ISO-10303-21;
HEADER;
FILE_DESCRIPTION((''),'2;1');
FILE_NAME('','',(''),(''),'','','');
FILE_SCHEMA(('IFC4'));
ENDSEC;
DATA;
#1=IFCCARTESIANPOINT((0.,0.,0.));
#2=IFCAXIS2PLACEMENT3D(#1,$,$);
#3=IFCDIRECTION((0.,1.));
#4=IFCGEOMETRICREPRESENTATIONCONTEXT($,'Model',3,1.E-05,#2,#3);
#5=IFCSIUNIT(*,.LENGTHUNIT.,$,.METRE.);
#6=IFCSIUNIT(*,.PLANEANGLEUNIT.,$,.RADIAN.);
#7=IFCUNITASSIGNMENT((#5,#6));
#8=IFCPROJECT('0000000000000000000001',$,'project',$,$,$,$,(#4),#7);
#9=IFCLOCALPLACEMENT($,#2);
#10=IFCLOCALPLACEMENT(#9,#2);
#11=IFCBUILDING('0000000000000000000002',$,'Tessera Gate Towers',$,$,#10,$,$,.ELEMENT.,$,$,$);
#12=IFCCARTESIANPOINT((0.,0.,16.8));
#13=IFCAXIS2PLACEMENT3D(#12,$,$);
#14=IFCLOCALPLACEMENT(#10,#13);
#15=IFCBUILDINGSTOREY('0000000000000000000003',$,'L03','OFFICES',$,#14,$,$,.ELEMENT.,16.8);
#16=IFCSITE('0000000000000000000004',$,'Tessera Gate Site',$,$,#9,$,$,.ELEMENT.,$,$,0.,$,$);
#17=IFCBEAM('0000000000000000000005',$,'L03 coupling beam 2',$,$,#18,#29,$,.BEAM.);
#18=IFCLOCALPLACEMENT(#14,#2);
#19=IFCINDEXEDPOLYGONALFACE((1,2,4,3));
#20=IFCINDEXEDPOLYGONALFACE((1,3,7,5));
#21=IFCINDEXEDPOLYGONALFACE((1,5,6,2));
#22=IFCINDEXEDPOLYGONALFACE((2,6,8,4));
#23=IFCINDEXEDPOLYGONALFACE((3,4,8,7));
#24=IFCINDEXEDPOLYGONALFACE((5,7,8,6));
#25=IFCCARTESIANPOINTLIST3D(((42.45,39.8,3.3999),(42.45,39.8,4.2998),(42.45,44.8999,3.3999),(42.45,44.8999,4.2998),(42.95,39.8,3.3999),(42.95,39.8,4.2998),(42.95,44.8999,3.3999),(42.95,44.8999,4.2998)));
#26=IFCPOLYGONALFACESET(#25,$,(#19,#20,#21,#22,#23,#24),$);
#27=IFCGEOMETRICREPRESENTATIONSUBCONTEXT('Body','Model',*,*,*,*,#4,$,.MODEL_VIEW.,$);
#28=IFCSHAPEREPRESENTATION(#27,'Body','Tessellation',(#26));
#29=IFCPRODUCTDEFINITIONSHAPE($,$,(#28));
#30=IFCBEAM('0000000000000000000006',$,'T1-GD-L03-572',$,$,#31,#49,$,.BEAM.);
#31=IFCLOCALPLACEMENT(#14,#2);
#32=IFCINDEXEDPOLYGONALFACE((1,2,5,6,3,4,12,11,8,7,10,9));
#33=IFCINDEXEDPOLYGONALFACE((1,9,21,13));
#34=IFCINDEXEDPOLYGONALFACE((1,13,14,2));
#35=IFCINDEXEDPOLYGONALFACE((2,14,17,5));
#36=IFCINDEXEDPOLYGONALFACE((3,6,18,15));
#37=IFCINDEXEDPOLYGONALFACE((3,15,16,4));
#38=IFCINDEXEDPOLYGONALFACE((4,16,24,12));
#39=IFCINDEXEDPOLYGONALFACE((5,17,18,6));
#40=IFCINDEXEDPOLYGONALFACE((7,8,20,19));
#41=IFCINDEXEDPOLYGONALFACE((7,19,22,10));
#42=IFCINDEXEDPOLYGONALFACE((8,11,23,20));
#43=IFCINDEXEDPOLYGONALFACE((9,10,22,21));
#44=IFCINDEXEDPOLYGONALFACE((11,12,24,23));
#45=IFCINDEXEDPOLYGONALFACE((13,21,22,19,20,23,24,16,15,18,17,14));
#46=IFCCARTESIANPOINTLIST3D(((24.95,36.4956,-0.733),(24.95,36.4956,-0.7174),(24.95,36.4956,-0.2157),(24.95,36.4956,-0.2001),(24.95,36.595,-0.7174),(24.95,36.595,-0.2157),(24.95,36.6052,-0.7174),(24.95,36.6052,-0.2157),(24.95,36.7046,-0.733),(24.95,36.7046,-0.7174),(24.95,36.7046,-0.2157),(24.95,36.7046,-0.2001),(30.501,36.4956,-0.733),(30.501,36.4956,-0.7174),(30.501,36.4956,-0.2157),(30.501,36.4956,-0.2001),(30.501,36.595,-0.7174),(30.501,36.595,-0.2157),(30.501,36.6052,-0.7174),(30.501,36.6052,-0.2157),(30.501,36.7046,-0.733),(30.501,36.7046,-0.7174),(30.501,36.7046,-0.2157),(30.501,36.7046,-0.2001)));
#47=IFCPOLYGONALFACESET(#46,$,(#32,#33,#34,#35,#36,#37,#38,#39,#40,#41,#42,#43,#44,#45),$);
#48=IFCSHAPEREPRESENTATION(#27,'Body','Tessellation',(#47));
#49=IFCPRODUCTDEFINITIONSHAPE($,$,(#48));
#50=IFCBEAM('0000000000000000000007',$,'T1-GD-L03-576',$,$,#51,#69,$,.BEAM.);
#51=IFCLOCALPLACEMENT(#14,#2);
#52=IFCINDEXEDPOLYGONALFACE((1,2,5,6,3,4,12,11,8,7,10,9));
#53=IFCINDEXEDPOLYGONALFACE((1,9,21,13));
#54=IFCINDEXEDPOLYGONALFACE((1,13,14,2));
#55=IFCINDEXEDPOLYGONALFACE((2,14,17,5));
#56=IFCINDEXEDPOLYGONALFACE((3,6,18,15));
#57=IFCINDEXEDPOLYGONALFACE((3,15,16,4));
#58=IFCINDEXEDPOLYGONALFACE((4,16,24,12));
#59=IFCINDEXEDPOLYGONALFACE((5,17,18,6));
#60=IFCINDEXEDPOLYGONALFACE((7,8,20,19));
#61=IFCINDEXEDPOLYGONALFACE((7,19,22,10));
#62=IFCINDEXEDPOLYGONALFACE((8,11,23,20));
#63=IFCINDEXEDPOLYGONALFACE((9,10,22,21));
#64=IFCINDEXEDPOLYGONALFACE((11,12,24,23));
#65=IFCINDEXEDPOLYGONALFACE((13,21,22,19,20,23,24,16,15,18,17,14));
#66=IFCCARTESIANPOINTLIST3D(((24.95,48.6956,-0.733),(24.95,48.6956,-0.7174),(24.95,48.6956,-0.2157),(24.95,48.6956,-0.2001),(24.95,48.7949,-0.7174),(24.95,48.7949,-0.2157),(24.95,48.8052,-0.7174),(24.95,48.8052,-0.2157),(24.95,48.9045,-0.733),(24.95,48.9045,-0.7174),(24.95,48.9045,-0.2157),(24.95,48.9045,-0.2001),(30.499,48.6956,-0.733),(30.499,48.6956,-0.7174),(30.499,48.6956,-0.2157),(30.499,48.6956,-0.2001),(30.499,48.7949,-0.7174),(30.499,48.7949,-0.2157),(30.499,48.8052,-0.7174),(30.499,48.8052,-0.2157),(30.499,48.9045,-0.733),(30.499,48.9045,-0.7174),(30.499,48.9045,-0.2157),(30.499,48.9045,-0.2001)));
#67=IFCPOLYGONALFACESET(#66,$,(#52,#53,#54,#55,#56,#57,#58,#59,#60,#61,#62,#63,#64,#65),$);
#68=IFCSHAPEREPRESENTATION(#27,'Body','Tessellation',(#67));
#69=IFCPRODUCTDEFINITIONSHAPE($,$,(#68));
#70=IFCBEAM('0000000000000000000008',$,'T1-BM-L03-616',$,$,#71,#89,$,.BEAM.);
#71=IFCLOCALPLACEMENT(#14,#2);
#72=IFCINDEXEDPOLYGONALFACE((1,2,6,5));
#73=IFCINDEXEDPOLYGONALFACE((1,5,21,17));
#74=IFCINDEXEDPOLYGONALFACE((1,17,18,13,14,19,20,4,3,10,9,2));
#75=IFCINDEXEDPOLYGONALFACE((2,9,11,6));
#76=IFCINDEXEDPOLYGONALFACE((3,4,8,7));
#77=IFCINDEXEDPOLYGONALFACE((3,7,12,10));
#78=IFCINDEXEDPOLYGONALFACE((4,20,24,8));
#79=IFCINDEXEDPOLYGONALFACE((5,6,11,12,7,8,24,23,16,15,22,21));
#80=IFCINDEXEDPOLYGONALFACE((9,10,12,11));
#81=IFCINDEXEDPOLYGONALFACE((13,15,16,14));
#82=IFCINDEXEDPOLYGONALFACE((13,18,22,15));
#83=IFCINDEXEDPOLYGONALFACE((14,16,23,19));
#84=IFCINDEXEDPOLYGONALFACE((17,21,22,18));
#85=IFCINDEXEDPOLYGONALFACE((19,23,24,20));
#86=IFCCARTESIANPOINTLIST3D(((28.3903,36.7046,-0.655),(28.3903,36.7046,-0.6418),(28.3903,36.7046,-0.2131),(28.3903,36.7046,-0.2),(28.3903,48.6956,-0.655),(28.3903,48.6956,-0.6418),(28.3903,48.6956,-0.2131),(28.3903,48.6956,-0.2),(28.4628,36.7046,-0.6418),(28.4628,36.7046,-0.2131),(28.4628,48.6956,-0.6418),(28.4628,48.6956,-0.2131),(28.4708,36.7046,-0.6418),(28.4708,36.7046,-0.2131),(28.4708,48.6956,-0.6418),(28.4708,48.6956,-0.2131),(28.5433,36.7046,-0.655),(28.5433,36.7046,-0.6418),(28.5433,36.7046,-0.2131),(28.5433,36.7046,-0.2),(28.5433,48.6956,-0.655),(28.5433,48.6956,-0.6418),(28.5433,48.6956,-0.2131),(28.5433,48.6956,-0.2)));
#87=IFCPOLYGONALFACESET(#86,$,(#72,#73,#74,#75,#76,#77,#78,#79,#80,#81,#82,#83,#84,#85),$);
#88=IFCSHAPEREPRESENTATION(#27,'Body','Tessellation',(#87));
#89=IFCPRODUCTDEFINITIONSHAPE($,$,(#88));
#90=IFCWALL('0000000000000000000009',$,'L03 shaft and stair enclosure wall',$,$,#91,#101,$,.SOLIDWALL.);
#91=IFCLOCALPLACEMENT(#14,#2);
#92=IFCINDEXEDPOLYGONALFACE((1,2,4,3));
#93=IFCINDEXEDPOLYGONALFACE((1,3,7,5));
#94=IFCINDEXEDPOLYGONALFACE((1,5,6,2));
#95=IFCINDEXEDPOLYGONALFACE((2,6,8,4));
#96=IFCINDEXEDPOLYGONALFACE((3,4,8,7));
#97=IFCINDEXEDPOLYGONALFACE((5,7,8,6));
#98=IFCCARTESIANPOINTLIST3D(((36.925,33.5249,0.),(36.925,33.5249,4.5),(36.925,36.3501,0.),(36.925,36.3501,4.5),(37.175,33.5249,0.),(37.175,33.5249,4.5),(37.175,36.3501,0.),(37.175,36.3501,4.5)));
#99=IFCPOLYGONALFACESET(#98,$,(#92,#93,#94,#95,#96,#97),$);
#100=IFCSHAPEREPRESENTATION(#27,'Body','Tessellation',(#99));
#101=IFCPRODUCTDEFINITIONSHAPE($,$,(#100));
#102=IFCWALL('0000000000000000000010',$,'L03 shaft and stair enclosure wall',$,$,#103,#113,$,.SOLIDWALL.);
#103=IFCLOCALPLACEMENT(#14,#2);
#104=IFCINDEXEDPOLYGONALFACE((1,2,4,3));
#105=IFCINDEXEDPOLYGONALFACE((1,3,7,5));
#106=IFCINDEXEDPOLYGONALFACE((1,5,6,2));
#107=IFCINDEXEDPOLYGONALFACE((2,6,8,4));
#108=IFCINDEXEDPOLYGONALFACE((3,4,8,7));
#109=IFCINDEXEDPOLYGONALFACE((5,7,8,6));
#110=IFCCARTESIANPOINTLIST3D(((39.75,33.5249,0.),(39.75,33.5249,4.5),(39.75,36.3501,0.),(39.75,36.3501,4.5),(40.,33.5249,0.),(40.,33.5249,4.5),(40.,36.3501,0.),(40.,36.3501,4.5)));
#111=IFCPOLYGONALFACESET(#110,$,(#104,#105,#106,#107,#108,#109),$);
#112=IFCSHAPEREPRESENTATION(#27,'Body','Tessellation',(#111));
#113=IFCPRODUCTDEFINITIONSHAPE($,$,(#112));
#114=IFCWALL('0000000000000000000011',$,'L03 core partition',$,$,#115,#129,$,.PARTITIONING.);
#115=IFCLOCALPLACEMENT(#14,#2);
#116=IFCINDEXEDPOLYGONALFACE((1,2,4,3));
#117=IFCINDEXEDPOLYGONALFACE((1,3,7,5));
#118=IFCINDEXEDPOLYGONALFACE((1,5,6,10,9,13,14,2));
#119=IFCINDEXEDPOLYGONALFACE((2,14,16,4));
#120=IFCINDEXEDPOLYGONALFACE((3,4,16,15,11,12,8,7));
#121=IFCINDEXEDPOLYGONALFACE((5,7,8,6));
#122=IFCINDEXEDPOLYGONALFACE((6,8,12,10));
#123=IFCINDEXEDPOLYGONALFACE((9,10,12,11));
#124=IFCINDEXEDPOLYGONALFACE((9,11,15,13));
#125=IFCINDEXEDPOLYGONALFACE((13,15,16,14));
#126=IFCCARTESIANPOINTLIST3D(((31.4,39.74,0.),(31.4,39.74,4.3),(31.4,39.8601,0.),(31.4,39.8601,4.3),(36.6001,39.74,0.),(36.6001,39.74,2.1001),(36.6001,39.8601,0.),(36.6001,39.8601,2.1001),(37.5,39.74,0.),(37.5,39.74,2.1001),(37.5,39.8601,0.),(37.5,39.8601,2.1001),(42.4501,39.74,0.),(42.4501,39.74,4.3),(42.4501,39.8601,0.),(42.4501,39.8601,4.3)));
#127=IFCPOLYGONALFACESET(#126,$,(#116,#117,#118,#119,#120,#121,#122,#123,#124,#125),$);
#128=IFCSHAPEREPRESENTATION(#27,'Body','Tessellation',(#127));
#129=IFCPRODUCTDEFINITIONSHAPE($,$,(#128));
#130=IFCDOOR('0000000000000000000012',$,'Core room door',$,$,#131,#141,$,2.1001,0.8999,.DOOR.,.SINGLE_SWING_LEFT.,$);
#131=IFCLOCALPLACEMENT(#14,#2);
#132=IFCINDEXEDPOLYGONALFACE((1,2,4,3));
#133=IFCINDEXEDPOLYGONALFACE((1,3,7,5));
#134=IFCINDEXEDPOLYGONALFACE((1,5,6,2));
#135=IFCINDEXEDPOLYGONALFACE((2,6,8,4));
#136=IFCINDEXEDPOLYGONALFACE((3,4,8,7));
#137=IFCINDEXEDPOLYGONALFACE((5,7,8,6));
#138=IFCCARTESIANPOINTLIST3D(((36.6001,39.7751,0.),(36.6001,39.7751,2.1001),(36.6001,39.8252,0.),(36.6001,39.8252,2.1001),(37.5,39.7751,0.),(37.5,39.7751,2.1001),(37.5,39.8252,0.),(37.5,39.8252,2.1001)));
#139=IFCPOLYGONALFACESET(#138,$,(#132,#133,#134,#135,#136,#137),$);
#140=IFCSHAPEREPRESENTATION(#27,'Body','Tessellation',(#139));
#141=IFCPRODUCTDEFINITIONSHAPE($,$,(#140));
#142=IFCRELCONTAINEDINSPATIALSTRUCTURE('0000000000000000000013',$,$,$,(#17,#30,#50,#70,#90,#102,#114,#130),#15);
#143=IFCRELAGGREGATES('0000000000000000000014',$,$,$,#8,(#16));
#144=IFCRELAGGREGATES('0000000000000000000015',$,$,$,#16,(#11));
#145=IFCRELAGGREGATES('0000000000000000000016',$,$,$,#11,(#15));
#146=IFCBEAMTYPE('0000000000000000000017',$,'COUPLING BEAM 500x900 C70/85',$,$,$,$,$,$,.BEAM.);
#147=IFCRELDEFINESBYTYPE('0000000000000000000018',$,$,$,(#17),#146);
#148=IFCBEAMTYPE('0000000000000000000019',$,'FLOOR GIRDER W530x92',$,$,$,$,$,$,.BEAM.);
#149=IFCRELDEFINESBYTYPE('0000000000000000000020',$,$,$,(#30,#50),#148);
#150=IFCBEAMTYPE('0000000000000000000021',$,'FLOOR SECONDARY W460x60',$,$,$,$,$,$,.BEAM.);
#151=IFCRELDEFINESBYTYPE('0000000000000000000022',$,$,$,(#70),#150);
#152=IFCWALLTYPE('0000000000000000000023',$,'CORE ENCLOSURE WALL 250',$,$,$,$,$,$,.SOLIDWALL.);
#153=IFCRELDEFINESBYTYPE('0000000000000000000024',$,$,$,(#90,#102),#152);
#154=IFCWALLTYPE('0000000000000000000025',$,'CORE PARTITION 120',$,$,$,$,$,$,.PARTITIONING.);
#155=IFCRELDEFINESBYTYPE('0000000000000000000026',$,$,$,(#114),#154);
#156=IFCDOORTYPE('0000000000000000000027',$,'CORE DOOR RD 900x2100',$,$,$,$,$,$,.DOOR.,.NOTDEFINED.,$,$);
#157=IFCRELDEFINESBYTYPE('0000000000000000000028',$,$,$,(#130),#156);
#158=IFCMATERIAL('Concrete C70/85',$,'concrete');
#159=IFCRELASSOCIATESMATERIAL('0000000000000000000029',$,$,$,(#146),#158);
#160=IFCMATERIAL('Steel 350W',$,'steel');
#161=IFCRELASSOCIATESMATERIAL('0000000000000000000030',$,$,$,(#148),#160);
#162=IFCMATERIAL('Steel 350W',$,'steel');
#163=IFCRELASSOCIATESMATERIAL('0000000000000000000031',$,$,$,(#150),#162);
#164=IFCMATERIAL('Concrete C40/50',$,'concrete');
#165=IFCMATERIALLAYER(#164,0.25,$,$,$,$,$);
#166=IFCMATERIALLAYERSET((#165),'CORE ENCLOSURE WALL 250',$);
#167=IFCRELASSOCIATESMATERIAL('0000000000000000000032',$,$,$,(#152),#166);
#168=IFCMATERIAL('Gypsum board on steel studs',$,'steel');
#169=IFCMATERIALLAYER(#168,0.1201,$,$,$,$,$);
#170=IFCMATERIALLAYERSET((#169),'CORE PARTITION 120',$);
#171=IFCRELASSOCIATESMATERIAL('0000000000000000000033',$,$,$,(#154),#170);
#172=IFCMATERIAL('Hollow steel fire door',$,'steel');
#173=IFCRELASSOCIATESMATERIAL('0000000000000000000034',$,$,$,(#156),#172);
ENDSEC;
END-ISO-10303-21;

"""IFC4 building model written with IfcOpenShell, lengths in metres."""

from ifc_helpers import new_model, si_unit, direction, frame, frame_2d, origin, origin_2d, place, context, subcontext, project, spatial, rectangle, i_section, extrude, source, transform, mapped, material, layer, layer_set, material_profile, profile_set, type_object, element, fill, save


model = new_model("IFC4")

# Units and contexts
model_context = context("Model", 3, precision=1e-05, world=origin(), true_north=direction((0.0, 1.0)))
body_context = subcontext(model_context, "Body", "Model", "MODEL_VIEW")
ifc_project = project(units=[si_unit("LENGTHUNIT", "METRE"), si_unit("PLANEANGLEUNIT", "RADIAN")], contexts=[model_context])

# Site, building, storey
site_placement = place(None, origin())
site = spatial("IfcSite", under=ifc_project, at=site_placement, Name="Tessera Gate Site", CompositionType="ELEMENT", RefElevation=0.0)
building_placement = place(site_placement, origin())
building = spatial("IfcBuilding", under=site, at=building_placement, Name="Tessera Gate Towers", CompositionType="ELEMENT")
storey_placement = place(building_placement, frame((0.0, 0.0, 16.8)))
storey = spatial("IfcBuildingStorey", under=building, at=storey_placement, Name="L03", Description="OFFICES", CompositionType="ELEMENT", Elevation=16.8)

# Beams
ifc_material_1 = material(Name="Concrete C70/85", Category="concrete")
ifc_material_profile_1 = material_profile(ifc_material_1, rectangle(XDim=0.5, YDim=0.8999, at=origin_2d()), Name="RC 500x900")
ifc_profile_set_1 = profile_set([ifc_material_profile_1], Name="Concrete C70/85")
beam_type_1 = type_object("IfcBeamType", Name="COUPLING BEAM 500x900 C70/85", PredefinedType="BEAM", material=ifc_profile_set_1)
beam_1_placement = place(storey_placement, frame((42.7, 39.8, 3.8499), z_axis=(0.0, 1.0, 0.0), x_axis=(-1.0, 0.0, 0.0)))
element("IfcBeam", 1, at=beam_1_placement, inside=storey, type_object=beam_type_1, Name="L03 coupling beam 2", PredefinedType="BEAM", context=body_context, shape_type="SweptSolid", body=[
    extrude(rectangle(XDim=0.5, YDim=0.8999, at=origin_2d()), origin(), (0.0, 0.0, 1.0), 5.0999),
])
ifc_material_2 = material(Name="Steel 350W", Category="steel")
ifc_material_profile_2 = material_profile(ifc_material_2, i_section(OverallWidth=0.209, OverallDepth=0.533, WebThickness=0.0103, FlangeThickness=0.0156, at=origin_2d()), Name="W530x92")
ifc_profile_set_2 = profile_set([ifc_material_profile_2], Name="Steel 350W")
beam_type_2 = type_object("IfcBeamType", Name="FLOOR GIRDER W530x92", PredefinedType="BEAM", material=ifc_profile_set_2)
beam_2_placement = place(storey_placement, frame((24.95, 36.6001, -0.4666), z_axis=(1.0, 0.0, 0.0), x_axis=(0.0, 1.0, 0.0)))
element("IfcBeam", 2, at=beam_2_placement, inside=storey, type_object=beam_type_2, Name="T1-GD-L03-572", PredefinedType="BEAM", context=body_context, shape_type="SweptSolid", body=[
    extrude(i_section(OverallWidth=0.209, OverallDepth=0.533, WebThickness=0.0103, FlangeThickness=0.0156, at=origin_2d()), origin(), (0.0, 0.0, 1.0), 5.551),
])
beam_3_placement = place(storey_placement, frame((24.95, 48.8, -0.4666), z_axis=(1.0, 0.0, 0.0), x_axis=(0.0, 1.0, 0.0)))
element("IfcBeam", 3, at=beam_3_placement, inside=storey, type_object=beam_type_2, Name="T1-GD-L03-576", PredefinedType="BEAM", context=body_context, shape_type="SweptSolid", body=[
    extrude(i_section(OverallWidth=0.209, OverallDepth=0.533, WebThickness=0.0103, FlangeThickness=0.0156, at=origin_2d()), origin(), (0.0, 0.0, 1.0), 5.5491),
])
ifc_material_3 = material(Name="Steel 350W", Category="steel")
ifc_material_profile_3 = material_profile(ifc_material_3, i_section(OverallWidth=0.1531, OverallDepth=0.4551, WebThickness=0.0081, FlangeThickness=0.0132, at=origin_2d()), Name="W460x60")
ifc_profile_set_3 = profile_set([ifc_material_profile_3], Name="Steel 350W")
beam_type_3 = type_object("IfcBeamType", Name="FLOOR SECONDARY W460x60", PredefinedType="BEAM", material=ifc_profile_set_3)
beam_4_placement = place(storey_placement, frame((28.4668, 36.7046, -0.4275), z_axis=(0.0, 1.0, 0.0), x_axis=(-1.0, 0.0, 0.0)))
element("IfcBeam", 4, at=beam_4_placement, inside=storey, type_object=beam_type_3, Name="T1-BM-L03-616", PredefinedType="BEAM", context=body_context, shape_type="SweptSolid", body=[
    extrude(i_section(OverallWidth=0.1531, OverallDepth=0.4551, WebThickness=0.0081, FlangeThickness=0.0132, at=origin_2d()), origin(), (0.0, 0.0, 1.0), 11.991),
])

# Walls
ifc_material_4 = material(Name="Concrete C40/50", Category="concrete")
ifc_layer_1 = layer(ifc_material_4, 0.25)
ifc_layer_set_1 = layer_set([ifc_layer_1], Name="CORE ENCLOSURE WALL 250")
wall_type_1 = type_object("IfcWallType", Name="CORE ENCLOSURE WALL 250", PredefinedType="SOLIDWALL", material=ifc_layer_set_1)
for number, where, z_axis, x_axis, name in (
    (5, (37.05, 33.5249, 0.0), (0.0, 0.0, 1.0), (0.0, 1.0, 0.0), "L03 shaft and stair enclosure wall"),
    (6, (39.875, 33.5249, 0.0), (0.0, 0.0, 1.0), (0.0, 1.0, 0.0), "L03 shaft and stair enclosure wall"),
):
    element("IfcWall", number, at=place(storey_placement, frame(where, z_axis=z_axis, x_axis=x_axis)), inside=storey, type_object=wall_type_1, Name=name, PredefinedType="SOLIDWALL", context=body_context, shape_type="SweptSolid", body=[
        extrude(rectangle(XDim=2.8252, YDim=0.25, at=frame_2d((1.4126, 0.0))), origin(), (0.0, 0.0, 1.0), 4.5),
    ])

# Wall, opening, door
ifc_material_5 = material(Name="Gypsum board on steel studs", Category="steel")
ifc_layer_2 = layer(ifc_material_5, 0.1201)
ifc_layer_set_2 = layer_set([ifc_layer_2], Name="CORE PARTITION 120")
wall_type_2 = type_object("IfcWallType", Name="CORE PARTITION 120", PredefinedType="PARTITIONING", material=ifc_layer_set_2)
wall_1_placement = place(storey_placement, frame((42.45, 39.8, 0.0), z_axis=(0.0, 0.0, 1.0), x_axis=(-1.0, 0.0, 0.0)))
wall_1 = element("IfcWall", 7, at=wall_1_placement, inside=storey, type_object=wall_type_2, Name="L03 core partition", PredefinedType="PARTITIONING", context=body_context, shape_type="SweptSolid", body=[
    extrude(rectangle(XDim=11.05, YDim=0.1201, at=frame_2d((5.5249, 0.0))), origin(), (0.0, 0.0, 1.0), 4.3),
])
shared_shape_1 = source(origin(), body_context, "Body", "SweptSolid", [
    extrude(rectangle(XDim=0.8999, YDim=2.1001, at=frame_2d((0.45, 1.05))), frame((0.0, 0.0701, 0.0), z_axis=(0.0, -1.0, 0.0), x_axis=(1.0, 0.0, 0.0)), (0.0, 0.0, 1.0), 0.1401),
])
opening_1_placement = place(wall_1_placement, frame((4.95, 0.0, 0.0)))
opening_1 = element("IfcOpeningElement", 8, at=opening_1_placement, cuts=wall_1, PredefinedType="OPENING", context=body_context, shape_type="MappedRepresentation", body=[
    mapped(shared_shape_1, transform((0.0, 0.0, 0.0), scale=1.0)),
])
ifc_material_6 = material(Name="Hollow steel fire door", Category="steel")
door_type_1 = type_object("IfcDoorType", Name="CORE DOOR RD 900x2100", OperationType="NOTDEFINED", PredefinedType="DOOR", material=ifc_material_6)
shared_shape_2 = source(origin(), body_context, "Body", "SweptSolid", [
    extrude(rectangle(XDim=0.8999, YDim=2.1001, at=frame_2d((0.45, 1.05))), frame((0.0, 0.0249, 0.0), z_axis=(0.0, -1.0, 0.0), x_axis=(1.0, 0.0, 0.0)), (0.0, 0.0, 1.0), 0.05),
])
door_1_placement = place(opening_1_placement, origin())
door_1 = element("IfcDoor", 9, at=door_1_placement, inside=storey, type_object=door_type_1, Name="Core room door", OperationType="SINGLE_SWING_LEFT", OverallHeight=2.1001, OverallWidth=0.8999, PredefinedType="DOOR", context=body_context, shape_type="MappedRepresentation", body=[
    mapped(shared_shape_2, transform((0.0, 0.0, 0.0), scale=1.0)),
])
fill(opening_1, door_1)

save(model, "model.ifc")
